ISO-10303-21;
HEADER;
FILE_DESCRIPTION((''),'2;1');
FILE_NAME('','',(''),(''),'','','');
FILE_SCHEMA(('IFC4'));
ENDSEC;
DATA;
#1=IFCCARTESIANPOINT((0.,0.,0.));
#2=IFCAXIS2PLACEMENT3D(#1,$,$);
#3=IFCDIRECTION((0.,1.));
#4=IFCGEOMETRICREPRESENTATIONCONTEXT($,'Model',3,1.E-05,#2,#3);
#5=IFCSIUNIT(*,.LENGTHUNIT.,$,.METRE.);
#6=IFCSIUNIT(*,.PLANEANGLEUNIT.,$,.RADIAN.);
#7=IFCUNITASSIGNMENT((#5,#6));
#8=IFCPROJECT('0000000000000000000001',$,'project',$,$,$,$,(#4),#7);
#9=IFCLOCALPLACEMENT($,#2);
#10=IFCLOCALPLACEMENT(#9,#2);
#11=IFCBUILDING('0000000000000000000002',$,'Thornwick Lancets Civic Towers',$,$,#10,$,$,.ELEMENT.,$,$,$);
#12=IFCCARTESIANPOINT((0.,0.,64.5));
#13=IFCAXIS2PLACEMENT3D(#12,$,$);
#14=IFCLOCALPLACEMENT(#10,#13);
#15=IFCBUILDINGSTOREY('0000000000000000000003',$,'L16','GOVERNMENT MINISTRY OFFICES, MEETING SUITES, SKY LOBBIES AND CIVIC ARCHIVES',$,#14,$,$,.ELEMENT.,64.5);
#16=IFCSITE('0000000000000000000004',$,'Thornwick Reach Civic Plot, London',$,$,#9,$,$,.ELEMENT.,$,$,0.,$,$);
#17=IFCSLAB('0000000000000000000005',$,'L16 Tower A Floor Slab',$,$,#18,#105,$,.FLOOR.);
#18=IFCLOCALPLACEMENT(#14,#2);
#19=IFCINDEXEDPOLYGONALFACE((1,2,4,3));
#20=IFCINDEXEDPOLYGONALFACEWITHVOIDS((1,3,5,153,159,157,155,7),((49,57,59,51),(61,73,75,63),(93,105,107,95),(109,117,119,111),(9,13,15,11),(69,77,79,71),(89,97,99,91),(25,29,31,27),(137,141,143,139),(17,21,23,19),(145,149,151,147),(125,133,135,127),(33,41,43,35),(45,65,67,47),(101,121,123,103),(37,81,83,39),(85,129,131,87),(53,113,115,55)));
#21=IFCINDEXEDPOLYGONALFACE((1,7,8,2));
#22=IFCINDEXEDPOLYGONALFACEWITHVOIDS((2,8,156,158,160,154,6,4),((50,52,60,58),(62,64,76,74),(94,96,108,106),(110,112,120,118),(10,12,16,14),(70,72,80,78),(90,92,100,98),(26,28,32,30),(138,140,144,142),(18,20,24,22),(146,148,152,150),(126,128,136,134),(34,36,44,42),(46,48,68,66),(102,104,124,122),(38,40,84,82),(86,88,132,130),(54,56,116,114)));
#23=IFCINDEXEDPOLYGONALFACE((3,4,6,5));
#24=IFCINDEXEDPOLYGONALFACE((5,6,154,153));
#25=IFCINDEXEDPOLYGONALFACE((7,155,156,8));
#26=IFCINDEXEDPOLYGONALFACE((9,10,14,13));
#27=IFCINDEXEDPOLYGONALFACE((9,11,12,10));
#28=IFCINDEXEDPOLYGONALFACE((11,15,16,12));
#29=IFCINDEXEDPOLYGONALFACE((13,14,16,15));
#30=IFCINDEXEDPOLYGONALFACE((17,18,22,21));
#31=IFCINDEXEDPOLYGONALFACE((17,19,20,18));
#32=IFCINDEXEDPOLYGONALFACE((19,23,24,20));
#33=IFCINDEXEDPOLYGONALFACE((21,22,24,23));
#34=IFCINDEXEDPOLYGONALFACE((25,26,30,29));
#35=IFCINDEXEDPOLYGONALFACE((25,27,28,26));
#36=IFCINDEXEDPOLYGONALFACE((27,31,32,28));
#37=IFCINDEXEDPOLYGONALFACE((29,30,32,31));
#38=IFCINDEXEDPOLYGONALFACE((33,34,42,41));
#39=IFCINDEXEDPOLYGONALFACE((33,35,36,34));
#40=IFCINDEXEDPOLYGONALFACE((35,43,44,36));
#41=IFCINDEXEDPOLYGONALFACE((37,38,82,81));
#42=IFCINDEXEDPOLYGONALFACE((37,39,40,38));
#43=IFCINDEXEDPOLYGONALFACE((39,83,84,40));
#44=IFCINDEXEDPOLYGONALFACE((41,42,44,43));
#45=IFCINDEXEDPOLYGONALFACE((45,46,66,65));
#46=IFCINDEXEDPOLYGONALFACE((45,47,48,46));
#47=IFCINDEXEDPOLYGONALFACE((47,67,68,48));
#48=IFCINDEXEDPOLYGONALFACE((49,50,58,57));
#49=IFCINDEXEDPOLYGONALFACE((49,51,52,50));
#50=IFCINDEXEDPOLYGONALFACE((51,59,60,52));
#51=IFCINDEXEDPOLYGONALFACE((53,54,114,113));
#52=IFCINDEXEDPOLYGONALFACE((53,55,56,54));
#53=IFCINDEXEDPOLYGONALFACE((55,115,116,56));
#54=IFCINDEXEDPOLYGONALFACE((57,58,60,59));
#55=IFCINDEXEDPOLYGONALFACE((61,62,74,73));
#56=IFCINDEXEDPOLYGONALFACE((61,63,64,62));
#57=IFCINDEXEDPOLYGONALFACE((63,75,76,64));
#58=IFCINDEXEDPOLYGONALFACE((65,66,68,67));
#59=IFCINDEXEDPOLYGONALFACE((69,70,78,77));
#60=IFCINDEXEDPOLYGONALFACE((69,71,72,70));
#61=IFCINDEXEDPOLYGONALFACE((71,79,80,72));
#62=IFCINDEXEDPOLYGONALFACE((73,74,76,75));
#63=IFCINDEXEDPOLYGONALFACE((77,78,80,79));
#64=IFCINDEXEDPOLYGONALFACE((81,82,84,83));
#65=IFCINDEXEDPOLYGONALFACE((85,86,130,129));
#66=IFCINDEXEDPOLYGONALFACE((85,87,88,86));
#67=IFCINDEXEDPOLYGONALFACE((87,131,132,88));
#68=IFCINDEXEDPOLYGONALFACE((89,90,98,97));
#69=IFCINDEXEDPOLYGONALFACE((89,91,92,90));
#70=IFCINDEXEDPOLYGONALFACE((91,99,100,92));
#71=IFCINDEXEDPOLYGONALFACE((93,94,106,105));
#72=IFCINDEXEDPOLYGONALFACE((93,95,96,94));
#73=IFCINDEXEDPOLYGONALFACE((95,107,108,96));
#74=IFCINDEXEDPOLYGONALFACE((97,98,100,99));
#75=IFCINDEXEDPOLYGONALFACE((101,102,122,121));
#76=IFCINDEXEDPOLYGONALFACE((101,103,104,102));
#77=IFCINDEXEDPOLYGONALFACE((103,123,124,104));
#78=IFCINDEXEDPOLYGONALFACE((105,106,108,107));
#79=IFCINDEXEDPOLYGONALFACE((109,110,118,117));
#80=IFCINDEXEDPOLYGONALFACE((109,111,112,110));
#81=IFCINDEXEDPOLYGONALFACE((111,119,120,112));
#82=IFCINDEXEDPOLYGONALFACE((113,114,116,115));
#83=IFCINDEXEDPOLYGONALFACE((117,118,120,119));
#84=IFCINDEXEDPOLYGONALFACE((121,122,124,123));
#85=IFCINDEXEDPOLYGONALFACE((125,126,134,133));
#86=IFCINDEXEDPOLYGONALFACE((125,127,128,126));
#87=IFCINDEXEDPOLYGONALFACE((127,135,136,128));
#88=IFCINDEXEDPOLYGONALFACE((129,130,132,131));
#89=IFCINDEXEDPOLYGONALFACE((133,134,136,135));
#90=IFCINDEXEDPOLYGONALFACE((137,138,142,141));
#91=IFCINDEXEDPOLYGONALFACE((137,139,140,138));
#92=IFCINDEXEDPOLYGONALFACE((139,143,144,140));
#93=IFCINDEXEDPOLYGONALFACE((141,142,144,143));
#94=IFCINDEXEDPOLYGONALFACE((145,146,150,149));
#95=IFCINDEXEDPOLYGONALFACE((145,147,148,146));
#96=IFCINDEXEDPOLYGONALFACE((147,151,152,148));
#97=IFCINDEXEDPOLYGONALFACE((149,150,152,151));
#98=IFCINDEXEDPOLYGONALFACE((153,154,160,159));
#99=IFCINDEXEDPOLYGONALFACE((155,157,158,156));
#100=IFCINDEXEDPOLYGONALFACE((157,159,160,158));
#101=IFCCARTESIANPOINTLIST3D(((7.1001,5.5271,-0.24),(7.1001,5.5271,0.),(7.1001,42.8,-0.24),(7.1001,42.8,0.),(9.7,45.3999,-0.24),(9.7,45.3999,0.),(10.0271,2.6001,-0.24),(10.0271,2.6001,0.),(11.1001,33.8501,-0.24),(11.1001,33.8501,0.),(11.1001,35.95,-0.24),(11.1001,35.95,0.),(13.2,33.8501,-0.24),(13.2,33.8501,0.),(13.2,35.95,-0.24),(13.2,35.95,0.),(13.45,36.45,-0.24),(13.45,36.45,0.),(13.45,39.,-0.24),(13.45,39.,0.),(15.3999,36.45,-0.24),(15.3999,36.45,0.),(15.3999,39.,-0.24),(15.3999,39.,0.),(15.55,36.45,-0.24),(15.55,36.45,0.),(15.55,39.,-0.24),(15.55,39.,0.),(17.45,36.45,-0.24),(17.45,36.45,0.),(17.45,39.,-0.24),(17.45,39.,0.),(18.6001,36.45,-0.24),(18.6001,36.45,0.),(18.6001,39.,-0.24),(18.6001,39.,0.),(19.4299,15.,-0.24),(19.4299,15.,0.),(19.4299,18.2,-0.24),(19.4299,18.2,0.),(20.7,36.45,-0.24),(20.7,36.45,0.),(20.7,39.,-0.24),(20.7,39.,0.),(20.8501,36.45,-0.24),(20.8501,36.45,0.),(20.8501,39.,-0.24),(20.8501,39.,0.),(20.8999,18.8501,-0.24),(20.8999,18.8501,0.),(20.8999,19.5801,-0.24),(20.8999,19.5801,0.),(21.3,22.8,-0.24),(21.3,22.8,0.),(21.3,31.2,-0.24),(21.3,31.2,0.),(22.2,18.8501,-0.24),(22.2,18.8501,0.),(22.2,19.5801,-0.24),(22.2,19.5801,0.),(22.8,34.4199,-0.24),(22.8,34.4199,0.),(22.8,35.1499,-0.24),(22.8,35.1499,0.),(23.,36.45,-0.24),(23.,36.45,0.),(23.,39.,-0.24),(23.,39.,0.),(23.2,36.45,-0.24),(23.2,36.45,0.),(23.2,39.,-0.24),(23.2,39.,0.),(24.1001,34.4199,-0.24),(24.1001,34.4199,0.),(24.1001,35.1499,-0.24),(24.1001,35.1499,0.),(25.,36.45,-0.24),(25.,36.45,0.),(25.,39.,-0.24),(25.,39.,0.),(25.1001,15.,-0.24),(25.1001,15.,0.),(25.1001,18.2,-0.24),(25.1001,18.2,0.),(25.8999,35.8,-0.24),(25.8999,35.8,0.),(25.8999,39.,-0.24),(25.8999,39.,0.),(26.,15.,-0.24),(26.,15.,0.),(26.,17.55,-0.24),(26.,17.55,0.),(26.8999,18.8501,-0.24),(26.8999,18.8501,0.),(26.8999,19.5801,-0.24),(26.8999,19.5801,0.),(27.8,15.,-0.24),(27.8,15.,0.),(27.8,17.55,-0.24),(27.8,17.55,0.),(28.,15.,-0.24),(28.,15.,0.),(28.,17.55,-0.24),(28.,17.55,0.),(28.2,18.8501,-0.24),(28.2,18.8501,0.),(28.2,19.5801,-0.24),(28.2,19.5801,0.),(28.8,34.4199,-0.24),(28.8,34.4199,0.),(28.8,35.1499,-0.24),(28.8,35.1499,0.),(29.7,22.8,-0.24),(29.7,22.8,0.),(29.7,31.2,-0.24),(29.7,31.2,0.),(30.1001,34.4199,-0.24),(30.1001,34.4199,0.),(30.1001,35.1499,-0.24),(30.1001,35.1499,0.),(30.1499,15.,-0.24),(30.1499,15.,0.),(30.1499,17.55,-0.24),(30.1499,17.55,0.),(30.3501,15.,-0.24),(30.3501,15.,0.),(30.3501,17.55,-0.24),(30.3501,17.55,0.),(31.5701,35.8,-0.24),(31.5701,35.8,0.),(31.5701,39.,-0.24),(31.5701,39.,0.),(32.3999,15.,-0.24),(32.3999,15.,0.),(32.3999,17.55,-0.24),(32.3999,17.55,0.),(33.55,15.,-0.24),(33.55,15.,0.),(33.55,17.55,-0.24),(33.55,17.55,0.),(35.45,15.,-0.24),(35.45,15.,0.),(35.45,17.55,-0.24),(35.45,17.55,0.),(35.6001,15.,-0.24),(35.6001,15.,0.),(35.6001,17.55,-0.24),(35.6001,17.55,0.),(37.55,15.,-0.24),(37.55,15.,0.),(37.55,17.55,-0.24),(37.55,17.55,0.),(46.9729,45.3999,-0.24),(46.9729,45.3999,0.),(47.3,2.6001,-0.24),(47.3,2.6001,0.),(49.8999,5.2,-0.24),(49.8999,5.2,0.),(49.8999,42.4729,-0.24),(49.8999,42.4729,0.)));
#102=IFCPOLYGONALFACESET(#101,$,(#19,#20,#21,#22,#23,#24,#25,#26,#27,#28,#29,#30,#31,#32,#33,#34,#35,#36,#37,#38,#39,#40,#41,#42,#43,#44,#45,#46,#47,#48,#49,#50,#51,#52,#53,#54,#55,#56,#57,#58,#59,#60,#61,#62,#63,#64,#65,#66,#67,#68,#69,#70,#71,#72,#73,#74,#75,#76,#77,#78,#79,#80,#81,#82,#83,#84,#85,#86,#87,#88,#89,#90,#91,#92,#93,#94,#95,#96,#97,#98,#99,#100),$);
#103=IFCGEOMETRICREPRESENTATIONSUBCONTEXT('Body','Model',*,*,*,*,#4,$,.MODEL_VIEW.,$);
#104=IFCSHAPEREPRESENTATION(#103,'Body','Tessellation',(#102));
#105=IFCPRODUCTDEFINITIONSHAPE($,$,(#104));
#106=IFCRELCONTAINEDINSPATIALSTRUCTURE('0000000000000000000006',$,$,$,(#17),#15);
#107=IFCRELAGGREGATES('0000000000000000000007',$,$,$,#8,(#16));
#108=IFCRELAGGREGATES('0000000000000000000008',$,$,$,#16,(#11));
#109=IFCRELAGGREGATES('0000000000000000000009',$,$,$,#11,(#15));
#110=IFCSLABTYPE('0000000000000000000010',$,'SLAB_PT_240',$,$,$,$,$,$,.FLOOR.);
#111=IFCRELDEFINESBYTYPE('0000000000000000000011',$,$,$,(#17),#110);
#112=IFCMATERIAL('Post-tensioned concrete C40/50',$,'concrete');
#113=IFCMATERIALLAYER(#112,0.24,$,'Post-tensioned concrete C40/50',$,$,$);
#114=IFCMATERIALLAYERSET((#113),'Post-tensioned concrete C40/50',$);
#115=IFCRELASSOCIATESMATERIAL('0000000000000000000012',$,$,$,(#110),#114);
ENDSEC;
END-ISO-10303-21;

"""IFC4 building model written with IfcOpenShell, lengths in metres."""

from ifc_helpers import new_model, si_unit, direction, frame, origin, place, context, subcontext, project, spatial, polyline, outline, extrude, material, layer, layer_set, type_object, element, save


model = new_model("IFC4")

# Units and contexts
model_context = context("Model", 3, precision=1e-05, world=origin(), true_north=direction((0.0, 1.0)))
body_context = subcontext(model_context, "Body", "Model", "MODEL_VIEW")
ifc_project = project(units=[si_unit("LENGTHUNIT", "METRE"), si_unit("PLANEANGLEUNIT", "RADIAN")], contexts=[model_context])

# Site, building, storey
site_placement = place(None, origin())
site = spatial("IfcSite", under=ifc_project, at=site_placement, Name="Thornwick Reach Civic Plot, London", CompositionType="ELEMENT", RefElevation=0.0)
building_placement = place(site_placement, origin())
building = spatial("IfcBuilding", under=site, at=building_placement, Name="Thornwick Lancets Civic Towers", CompositionType="ELEMENT")
storey_placement = place(building_placement, frame((0.0, 0.0, 64.5)))
storey = spatial("IfcBuildingStorey", under=building, at=storey_placement, Name="L16", Description="GOVERNMENT MINISTRY OFFICES, MEETING SUITES, SKY LOBBIES AND CIVIC ARCHIVES", CompositionType="ELEMENT", Elevation=64.5)

# Shared definitions
ifc_material_1 = material(Name="Post-tensioned concrete C40/50", Category="concrete")

# Slab
ifc_layer_1 = layer(ifc_material_1, 0.24, Name="Post-tensioned concrete C40/50")
ifc_layer_set_1 = layer_set([ifc_layer_1], Name="Post-tensioned concrete C40/50")
slab_type_1 = type_object("IfcSlabType", Name="SLAB_PT_240", PredefinedType="FLOOR", material=ifc_layer_set_1)
slab_1_placement = place(storey_placement, frame((0.0, 0.0, -0.24)))
element("IfcSlab", 1, at=slab_1_placement, inside=storey, type_object=slab_type_1, Name="L16 Tower A Floor Slab", PredefinedType="FLOOR", context=body_context, shape_type="SweptSolid", body=[
    extrude(outline(polyline([(10.0271, 2.6001), (47.3, 2.6001), (49.8999, 5.2), (49.8999, 42.4729), (46.9729, 45.3999), (9.7, 45.3999), (7.1001, 42.8), (7.1001, 5.5271), (10.0271, 2.6001)]), holes=[polyline([(21.3, 22.8), (29.7, 22.8), (29.7, 31.2), (21.3, 31.2), (21.3, 22.8)]), polyline([(19.4299, 15.0), (25.1001, 15.0), (25.1001, 18.2), (19.4299, 18.2), (19.4299, 15.0)]), polyline([(31.5701, 39.0), (25.8999, 39.0), (25.8999, 35.8), (31.5701, 35.8), (31.5701, 39.0)]), polyline([(26.0, 15.0), (27.8, 15.0), (27.8, 17.55), (26.0, 17.55), (26.0, 15.0)]), polyline([(28.0, 15.0), (30.1499, 15.0), (30.1499, 17.55), (28.0, 17.55), (28.0, 15.0)]), polyline([(30.3501, 15.0), (32.3999, 15.0), (32.3999, 17.55), (30.3501, 17.55), (30.3501, 15.0)]), polyline([(33.55, 15.0), (35.45, 15.0), (35.45, 17.55), (33.55, 17.55), (33.55, 15.0)]), polyline([(35.6001, 15.0), (37.55, 15.0), (37.55, 17.55), (35.6001, 17.55), (35.6001, 15.0)]), polyline([(23.2, 36.45), (25.0, 36.45), (25.0, 39.0), (23.2, 39.0), (23.2, 36.45)]), polyline([(20.8501, 36.45), (23.0, 36.45), (23.0, 39.0), (20.8501, 39.0), (20.8501, 36.45)]), polyline([(18.6001, 36.45), (20.7, 36.45), (20.7, 39.0), (18.6001, 39.0), (18.6001, 36.45)]), polyline([(15.55, 36.45), (17.45, 36.45), (17.45, 39.0), (15.55, 39.0), (15.55, 36.45)]), polyline([(13.45, 36.45), (15.3999, 36.45), (15.3999, 39.0), (13.45, 39.0), (13.45, 36.45)]), polyline([(11.1001, 33.8501), (13.2, 33.8501), (13.2, 35.95), (11.1001, 35.95), (11.1001, 33.8501)]), polyline([(26.8999, 18.8501), (28.2, 18.8501), (28.2, 19.5801), (26.8999, 19.5801), (26.8999, 18.8501)]), polyline([(20.8999, 18.8501), (22.2, 18.8501), (22.2, 19.5801), (20.8999, 19.5801), (20.8999, 18.8501)]), polyline([(22.8, 34.4199), (24.1001, 34.4199), (24.1001, 35.1499), (22.8, 35.1499), (22.8, 34.4199)]), polyline([(28.8, 34.4199), (30.1001, 34.4199), (30.1001, 35.1499), (28.8, 35.1499), (28.8, 34.4199)])]), origin(), (0.0, 0.0, 1.0), 0.24),
])

save(model, "model.ifc")
